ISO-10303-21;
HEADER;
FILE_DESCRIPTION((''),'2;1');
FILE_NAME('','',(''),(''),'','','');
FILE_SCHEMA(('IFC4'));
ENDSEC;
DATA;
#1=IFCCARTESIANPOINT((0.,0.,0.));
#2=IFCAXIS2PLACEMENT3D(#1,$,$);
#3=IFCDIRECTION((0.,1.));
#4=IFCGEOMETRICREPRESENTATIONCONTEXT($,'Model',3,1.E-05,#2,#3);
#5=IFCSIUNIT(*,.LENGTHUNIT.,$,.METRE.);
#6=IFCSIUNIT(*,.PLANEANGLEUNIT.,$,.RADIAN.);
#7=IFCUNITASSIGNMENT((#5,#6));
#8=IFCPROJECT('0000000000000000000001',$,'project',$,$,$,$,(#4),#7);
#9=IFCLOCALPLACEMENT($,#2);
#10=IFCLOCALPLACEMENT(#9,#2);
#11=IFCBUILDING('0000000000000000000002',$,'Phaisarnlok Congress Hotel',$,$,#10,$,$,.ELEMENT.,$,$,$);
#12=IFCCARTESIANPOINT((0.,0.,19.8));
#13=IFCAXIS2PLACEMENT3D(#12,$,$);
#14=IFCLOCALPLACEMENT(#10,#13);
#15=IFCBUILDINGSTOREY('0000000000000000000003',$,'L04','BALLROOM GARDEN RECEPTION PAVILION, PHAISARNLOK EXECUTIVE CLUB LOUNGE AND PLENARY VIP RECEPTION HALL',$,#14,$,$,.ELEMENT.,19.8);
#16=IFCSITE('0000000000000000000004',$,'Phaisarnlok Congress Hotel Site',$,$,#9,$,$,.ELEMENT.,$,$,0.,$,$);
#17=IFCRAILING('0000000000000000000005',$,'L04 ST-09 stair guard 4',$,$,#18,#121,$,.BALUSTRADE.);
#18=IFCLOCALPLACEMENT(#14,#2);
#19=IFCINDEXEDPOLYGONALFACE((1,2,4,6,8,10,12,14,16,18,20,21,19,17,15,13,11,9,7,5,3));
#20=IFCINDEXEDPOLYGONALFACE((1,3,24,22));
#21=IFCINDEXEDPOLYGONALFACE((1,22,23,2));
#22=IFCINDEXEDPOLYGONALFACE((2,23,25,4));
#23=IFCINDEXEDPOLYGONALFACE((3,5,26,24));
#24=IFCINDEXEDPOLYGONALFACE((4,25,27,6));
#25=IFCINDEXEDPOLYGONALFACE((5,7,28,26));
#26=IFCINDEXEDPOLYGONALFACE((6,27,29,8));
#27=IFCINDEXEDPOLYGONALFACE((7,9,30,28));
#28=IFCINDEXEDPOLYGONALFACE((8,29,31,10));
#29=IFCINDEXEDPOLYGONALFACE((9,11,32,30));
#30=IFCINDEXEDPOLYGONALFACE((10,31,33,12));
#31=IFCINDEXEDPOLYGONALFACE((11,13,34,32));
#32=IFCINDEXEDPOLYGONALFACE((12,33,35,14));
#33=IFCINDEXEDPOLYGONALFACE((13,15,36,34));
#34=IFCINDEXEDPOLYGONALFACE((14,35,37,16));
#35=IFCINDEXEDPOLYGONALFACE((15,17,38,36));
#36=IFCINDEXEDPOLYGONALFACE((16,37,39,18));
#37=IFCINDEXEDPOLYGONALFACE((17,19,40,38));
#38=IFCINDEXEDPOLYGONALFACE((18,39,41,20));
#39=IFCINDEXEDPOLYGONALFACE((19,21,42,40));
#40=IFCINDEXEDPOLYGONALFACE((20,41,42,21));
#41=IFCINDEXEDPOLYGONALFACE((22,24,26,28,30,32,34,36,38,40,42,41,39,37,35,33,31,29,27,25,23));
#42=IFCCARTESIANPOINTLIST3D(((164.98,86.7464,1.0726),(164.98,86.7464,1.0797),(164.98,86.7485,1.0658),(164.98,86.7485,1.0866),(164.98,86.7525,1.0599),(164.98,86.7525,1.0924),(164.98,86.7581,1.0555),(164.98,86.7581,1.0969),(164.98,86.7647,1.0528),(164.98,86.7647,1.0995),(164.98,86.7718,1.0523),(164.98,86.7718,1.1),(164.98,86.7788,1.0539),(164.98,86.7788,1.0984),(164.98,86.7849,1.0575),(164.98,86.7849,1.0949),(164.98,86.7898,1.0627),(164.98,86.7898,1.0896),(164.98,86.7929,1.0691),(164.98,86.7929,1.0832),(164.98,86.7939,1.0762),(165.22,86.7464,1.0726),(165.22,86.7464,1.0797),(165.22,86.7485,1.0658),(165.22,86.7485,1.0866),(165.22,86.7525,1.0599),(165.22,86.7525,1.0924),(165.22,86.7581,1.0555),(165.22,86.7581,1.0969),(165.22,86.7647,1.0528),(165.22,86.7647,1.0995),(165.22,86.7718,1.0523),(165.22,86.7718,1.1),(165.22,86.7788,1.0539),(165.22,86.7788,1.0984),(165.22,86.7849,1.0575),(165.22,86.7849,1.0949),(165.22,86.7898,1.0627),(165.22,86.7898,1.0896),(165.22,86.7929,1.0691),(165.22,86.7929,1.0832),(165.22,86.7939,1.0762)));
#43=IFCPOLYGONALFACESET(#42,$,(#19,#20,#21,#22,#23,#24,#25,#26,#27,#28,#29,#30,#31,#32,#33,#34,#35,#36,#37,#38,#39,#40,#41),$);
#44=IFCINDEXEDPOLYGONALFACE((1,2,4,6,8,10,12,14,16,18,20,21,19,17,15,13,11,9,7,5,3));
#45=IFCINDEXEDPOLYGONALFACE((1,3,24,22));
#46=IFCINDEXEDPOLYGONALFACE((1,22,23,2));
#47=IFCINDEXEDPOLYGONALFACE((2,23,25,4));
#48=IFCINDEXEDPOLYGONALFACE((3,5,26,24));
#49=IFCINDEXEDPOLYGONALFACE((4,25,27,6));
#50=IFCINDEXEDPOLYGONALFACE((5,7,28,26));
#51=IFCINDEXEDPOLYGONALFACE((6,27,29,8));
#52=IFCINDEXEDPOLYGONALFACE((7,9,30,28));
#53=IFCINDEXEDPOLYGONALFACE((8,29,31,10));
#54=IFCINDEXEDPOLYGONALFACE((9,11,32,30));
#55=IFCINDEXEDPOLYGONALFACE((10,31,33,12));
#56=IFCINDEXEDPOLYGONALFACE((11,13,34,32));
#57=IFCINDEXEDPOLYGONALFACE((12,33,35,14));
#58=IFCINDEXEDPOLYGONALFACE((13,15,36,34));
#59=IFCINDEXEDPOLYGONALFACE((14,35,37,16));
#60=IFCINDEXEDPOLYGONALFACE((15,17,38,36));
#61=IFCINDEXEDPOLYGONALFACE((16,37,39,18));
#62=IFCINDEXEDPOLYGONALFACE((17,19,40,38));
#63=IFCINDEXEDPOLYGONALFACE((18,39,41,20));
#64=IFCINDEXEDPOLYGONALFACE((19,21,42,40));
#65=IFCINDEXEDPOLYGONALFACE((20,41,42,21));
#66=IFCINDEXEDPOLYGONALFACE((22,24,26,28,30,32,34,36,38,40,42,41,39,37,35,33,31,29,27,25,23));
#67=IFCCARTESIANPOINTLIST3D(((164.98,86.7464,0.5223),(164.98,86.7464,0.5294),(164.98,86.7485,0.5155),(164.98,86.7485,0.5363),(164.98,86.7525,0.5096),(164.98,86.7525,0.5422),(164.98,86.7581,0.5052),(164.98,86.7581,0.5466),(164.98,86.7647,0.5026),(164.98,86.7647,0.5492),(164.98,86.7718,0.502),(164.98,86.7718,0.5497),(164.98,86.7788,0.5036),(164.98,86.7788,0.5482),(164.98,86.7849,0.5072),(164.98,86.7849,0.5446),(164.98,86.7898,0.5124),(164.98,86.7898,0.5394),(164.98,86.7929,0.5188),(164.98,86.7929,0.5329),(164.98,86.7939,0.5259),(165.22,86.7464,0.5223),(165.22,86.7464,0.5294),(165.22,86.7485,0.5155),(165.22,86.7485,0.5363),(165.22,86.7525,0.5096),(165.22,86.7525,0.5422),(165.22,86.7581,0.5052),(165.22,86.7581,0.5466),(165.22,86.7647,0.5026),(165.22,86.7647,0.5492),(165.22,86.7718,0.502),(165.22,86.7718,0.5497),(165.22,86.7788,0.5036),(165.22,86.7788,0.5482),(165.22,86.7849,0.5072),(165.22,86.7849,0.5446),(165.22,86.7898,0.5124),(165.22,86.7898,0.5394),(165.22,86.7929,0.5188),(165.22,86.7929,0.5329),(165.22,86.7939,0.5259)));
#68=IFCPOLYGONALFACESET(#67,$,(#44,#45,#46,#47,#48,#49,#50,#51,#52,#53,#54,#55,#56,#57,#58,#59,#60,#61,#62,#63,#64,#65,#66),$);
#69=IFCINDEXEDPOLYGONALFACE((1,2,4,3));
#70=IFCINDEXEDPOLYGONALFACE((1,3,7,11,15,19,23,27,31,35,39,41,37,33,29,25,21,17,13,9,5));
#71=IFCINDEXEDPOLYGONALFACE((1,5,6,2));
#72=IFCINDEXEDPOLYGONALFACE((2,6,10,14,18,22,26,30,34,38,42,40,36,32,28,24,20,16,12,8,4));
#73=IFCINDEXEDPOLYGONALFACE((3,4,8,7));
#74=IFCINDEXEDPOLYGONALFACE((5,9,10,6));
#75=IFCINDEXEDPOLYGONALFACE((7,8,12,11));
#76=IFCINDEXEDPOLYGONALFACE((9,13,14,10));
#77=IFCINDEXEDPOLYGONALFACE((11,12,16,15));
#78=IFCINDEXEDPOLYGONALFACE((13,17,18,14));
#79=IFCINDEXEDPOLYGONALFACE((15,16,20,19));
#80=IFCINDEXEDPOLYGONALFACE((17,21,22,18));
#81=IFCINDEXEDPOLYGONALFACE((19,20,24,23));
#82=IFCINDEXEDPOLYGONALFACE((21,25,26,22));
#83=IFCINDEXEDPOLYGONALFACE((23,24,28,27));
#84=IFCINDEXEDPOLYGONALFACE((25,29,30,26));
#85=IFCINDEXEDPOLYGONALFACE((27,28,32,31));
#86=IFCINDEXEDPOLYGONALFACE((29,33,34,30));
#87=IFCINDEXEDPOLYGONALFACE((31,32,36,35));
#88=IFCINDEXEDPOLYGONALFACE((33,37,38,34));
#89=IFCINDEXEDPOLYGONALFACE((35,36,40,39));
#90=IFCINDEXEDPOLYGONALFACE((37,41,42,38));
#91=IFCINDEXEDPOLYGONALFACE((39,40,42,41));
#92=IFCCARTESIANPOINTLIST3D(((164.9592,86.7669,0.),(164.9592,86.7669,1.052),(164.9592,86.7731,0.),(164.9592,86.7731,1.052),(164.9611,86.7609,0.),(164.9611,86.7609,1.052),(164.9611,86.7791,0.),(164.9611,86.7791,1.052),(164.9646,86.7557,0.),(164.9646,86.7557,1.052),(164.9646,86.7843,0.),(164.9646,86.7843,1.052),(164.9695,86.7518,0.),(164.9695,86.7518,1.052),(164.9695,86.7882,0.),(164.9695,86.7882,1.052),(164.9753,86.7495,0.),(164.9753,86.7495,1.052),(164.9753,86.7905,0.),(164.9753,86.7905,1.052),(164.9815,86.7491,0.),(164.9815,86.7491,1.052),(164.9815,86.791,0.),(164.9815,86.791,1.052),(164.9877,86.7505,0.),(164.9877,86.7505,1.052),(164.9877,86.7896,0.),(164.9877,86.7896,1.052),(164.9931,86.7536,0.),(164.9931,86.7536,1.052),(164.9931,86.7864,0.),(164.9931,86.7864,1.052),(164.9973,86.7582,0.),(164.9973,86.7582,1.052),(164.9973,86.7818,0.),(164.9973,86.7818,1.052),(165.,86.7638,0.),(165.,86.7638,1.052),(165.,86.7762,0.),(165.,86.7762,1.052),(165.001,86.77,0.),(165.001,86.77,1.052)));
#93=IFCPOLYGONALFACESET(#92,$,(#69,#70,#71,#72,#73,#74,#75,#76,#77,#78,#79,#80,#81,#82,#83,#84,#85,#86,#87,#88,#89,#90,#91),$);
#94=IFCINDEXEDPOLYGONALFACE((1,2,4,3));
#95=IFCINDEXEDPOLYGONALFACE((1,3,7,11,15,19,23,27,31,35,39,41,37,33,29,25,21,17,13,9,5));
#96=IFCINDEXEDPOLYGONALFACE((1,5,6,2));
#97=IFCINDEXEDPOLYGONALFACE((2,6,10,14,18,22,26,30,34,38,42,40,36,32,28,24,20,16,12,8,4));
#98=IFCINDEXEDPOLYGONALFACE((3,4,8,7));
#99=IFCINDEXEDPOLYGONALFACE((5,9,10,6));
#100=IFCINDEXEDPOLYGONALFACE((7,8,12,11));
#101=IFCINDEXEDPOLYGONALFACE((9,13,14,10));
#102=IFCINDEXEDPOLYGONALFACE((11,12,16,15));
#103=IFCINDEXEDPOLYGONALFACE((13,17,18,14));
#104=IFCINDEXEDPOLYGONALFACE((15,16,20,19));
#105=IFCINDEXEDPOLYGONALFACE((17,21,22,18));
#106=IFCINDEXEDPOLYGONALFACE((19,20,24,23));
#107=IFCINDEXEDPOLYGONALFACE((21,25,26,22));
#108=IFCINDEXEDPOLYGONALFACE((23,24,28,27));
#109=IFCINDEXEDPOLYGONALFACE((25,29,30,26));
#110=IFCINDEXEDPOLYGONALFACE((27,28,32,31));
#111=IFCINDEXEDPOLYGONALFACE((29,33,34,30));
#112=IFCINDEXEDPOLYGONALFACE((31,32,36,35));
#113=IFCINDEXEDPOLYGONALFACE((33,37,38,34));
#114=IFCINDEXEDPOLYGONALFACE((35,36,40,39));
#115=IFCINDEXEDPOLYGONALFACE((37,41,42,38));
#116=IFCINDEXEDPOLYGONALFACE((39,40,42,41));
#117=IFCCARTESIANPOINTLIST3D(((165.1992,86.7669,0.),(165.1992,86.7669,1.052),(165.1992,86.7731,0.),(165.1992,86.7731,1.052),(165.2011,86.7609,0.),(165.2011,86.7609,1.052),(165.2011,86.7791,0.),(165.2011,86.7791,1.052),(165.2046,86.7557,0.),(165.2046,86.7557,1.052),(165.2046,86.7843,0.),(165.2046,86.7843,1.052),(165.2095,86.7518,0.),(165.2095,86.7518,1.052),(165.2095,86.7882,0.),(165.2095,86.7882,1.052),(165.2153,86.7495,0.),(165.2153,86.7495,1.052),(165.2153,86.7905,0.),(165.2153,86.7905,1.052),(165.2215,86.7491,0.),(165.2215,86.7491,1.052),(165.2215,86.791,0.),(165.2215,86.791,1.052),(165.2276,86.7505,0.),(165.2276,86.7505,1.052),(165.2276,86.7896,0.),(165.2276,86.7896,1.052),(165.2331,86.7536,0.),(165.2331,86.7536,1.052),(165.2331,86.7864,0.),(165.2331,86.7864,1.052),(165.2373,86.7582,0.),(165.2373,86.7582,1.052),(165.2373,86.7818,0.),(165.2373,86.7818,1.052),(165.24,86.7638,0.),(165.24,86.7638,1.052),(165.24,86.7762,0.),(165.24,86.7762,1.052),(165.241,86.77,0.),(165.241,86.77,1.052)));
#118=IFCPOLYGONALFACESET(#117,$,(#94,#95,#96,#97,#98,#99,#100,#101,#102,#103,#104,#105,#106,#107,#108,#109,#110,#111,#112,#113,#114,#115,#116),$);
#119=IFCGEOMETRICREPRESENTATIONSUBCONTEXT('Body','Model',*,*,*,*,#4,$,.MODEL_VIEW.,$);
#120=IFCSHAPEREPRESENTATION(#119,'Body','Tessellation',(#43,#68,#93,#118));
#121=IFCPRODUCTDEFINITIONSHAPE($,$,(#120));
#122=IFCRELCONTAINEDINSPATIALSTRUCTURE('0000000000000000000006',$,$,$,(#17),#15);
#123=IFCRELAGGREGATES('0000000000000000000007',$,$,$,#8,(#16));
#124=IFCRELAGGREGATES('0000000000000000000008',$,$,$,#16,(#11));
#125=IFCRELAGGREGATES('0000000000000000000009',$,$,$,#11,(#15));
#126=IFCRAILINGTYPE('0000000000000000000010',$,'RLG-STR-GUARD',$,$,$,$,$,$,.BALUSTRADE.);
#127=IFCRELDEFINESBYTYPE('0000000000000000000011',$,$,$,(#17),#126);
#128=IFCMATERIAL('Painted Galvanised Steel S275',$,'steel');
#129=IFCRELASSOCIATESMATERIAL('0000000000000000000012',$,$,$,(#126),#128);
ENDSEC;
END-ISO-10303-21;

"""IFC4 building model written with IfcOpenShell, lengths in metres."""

from ifc_helpers import new_model, si_unit, direction, frame, origin, origin_2d, place, context, subcontext, project, spatial, circle, extrude, material, type_object, element, save


model = new_model("IFC4")

# Units and contexts
model_context = context("Model", 3, precision=1e-05, world=origin(), true_north=direction((0.0, 1.0)))
body_context = subcontext(model_context, "Body", "Model", "MODEL_VIEW")
ifc_project = project(units=[si_unit("LENGTHUNIT", "METRE"), si_unit("PLANEANGLEUNIT", "RADIAN")], contexts=[model_context])

# Site, building, storey
site_placement = place(None, origin())
site = spatial("IfcSite", under=ifc_project, at=site_placement, Name="Phaisarnlok Congress Hotel Site", CompositionType="ELEMENT", RefElevation=0.0)
building_placement = place(site_placement, origin())
building = spatial("IfcBuilding", under=site, at=building_placement, Name="Phaisarnlok Congress Hotel", CompositionType="ELEMENT")
storey_placement = place(building_placement, frame((0.0, 0.0, 19.8)))
storey = spatial("IfcBuildingStorey", under=building, at=storey_placement, Name="L04", Description="BALLROOM GARDEN RECEPTION PAVILION, PHAISARNLOK EXECUTIVE CLUB LOUNGE AND PLENARY VIP RECEPTION HALL", CompositionType="ELEMENT", Elevation=19.8)

# Railing
ifc_material_1 = material(Name="Painted Galvanised Steel S275", Category="steel")
railing_type_1 = type_object("IfcRailingType", Name="RLG-STR-GUARD", PredefinedType="BALUSTRADE", material=ifc_material_1)
railing_1_placement = place(storey_placement, frame((164.98, 86.77, 0.0)))
element("IfcRailing", 1, at=railing_1_placement, inside=storey, type_object=railing_type_1, Name="L04 ST-09 stair guard 4", PredefinedType="BALUSTRADE", context=body_context, shape_type="SweptSolid", body=[
    extrude(circle(Radius=0.0239, at=origin_2d()), frame((0.0, 0.0, 1.0762), z_axis=(1.0, 0.0, 0.0), x_axis=(0.0, 1.0, 0.0)), (0.0, 0.0, 1.0), 0.24),
    extrude(circle(Radius=0.0239, at=origin_2d()), frame((0.0, 0.0, 0.5259), z_axis=(1.0, 0.0, 0.0), x_axis=(0.0, 1.0, 0.0)), (0.0, 0.0, 1.0), 0.24),
    extrude(circle(Radius=0.021, at=origin_2d()), origin(), (0.0, 0.0, 1.0), 1.052),
    extrude(circle(Radius=0.021, at=origin_2d()), frame((0.24, 0.0, 0.0)), (0.0, 0.0, 1.0), 1.052),
])

save(model, "model.ifc")
